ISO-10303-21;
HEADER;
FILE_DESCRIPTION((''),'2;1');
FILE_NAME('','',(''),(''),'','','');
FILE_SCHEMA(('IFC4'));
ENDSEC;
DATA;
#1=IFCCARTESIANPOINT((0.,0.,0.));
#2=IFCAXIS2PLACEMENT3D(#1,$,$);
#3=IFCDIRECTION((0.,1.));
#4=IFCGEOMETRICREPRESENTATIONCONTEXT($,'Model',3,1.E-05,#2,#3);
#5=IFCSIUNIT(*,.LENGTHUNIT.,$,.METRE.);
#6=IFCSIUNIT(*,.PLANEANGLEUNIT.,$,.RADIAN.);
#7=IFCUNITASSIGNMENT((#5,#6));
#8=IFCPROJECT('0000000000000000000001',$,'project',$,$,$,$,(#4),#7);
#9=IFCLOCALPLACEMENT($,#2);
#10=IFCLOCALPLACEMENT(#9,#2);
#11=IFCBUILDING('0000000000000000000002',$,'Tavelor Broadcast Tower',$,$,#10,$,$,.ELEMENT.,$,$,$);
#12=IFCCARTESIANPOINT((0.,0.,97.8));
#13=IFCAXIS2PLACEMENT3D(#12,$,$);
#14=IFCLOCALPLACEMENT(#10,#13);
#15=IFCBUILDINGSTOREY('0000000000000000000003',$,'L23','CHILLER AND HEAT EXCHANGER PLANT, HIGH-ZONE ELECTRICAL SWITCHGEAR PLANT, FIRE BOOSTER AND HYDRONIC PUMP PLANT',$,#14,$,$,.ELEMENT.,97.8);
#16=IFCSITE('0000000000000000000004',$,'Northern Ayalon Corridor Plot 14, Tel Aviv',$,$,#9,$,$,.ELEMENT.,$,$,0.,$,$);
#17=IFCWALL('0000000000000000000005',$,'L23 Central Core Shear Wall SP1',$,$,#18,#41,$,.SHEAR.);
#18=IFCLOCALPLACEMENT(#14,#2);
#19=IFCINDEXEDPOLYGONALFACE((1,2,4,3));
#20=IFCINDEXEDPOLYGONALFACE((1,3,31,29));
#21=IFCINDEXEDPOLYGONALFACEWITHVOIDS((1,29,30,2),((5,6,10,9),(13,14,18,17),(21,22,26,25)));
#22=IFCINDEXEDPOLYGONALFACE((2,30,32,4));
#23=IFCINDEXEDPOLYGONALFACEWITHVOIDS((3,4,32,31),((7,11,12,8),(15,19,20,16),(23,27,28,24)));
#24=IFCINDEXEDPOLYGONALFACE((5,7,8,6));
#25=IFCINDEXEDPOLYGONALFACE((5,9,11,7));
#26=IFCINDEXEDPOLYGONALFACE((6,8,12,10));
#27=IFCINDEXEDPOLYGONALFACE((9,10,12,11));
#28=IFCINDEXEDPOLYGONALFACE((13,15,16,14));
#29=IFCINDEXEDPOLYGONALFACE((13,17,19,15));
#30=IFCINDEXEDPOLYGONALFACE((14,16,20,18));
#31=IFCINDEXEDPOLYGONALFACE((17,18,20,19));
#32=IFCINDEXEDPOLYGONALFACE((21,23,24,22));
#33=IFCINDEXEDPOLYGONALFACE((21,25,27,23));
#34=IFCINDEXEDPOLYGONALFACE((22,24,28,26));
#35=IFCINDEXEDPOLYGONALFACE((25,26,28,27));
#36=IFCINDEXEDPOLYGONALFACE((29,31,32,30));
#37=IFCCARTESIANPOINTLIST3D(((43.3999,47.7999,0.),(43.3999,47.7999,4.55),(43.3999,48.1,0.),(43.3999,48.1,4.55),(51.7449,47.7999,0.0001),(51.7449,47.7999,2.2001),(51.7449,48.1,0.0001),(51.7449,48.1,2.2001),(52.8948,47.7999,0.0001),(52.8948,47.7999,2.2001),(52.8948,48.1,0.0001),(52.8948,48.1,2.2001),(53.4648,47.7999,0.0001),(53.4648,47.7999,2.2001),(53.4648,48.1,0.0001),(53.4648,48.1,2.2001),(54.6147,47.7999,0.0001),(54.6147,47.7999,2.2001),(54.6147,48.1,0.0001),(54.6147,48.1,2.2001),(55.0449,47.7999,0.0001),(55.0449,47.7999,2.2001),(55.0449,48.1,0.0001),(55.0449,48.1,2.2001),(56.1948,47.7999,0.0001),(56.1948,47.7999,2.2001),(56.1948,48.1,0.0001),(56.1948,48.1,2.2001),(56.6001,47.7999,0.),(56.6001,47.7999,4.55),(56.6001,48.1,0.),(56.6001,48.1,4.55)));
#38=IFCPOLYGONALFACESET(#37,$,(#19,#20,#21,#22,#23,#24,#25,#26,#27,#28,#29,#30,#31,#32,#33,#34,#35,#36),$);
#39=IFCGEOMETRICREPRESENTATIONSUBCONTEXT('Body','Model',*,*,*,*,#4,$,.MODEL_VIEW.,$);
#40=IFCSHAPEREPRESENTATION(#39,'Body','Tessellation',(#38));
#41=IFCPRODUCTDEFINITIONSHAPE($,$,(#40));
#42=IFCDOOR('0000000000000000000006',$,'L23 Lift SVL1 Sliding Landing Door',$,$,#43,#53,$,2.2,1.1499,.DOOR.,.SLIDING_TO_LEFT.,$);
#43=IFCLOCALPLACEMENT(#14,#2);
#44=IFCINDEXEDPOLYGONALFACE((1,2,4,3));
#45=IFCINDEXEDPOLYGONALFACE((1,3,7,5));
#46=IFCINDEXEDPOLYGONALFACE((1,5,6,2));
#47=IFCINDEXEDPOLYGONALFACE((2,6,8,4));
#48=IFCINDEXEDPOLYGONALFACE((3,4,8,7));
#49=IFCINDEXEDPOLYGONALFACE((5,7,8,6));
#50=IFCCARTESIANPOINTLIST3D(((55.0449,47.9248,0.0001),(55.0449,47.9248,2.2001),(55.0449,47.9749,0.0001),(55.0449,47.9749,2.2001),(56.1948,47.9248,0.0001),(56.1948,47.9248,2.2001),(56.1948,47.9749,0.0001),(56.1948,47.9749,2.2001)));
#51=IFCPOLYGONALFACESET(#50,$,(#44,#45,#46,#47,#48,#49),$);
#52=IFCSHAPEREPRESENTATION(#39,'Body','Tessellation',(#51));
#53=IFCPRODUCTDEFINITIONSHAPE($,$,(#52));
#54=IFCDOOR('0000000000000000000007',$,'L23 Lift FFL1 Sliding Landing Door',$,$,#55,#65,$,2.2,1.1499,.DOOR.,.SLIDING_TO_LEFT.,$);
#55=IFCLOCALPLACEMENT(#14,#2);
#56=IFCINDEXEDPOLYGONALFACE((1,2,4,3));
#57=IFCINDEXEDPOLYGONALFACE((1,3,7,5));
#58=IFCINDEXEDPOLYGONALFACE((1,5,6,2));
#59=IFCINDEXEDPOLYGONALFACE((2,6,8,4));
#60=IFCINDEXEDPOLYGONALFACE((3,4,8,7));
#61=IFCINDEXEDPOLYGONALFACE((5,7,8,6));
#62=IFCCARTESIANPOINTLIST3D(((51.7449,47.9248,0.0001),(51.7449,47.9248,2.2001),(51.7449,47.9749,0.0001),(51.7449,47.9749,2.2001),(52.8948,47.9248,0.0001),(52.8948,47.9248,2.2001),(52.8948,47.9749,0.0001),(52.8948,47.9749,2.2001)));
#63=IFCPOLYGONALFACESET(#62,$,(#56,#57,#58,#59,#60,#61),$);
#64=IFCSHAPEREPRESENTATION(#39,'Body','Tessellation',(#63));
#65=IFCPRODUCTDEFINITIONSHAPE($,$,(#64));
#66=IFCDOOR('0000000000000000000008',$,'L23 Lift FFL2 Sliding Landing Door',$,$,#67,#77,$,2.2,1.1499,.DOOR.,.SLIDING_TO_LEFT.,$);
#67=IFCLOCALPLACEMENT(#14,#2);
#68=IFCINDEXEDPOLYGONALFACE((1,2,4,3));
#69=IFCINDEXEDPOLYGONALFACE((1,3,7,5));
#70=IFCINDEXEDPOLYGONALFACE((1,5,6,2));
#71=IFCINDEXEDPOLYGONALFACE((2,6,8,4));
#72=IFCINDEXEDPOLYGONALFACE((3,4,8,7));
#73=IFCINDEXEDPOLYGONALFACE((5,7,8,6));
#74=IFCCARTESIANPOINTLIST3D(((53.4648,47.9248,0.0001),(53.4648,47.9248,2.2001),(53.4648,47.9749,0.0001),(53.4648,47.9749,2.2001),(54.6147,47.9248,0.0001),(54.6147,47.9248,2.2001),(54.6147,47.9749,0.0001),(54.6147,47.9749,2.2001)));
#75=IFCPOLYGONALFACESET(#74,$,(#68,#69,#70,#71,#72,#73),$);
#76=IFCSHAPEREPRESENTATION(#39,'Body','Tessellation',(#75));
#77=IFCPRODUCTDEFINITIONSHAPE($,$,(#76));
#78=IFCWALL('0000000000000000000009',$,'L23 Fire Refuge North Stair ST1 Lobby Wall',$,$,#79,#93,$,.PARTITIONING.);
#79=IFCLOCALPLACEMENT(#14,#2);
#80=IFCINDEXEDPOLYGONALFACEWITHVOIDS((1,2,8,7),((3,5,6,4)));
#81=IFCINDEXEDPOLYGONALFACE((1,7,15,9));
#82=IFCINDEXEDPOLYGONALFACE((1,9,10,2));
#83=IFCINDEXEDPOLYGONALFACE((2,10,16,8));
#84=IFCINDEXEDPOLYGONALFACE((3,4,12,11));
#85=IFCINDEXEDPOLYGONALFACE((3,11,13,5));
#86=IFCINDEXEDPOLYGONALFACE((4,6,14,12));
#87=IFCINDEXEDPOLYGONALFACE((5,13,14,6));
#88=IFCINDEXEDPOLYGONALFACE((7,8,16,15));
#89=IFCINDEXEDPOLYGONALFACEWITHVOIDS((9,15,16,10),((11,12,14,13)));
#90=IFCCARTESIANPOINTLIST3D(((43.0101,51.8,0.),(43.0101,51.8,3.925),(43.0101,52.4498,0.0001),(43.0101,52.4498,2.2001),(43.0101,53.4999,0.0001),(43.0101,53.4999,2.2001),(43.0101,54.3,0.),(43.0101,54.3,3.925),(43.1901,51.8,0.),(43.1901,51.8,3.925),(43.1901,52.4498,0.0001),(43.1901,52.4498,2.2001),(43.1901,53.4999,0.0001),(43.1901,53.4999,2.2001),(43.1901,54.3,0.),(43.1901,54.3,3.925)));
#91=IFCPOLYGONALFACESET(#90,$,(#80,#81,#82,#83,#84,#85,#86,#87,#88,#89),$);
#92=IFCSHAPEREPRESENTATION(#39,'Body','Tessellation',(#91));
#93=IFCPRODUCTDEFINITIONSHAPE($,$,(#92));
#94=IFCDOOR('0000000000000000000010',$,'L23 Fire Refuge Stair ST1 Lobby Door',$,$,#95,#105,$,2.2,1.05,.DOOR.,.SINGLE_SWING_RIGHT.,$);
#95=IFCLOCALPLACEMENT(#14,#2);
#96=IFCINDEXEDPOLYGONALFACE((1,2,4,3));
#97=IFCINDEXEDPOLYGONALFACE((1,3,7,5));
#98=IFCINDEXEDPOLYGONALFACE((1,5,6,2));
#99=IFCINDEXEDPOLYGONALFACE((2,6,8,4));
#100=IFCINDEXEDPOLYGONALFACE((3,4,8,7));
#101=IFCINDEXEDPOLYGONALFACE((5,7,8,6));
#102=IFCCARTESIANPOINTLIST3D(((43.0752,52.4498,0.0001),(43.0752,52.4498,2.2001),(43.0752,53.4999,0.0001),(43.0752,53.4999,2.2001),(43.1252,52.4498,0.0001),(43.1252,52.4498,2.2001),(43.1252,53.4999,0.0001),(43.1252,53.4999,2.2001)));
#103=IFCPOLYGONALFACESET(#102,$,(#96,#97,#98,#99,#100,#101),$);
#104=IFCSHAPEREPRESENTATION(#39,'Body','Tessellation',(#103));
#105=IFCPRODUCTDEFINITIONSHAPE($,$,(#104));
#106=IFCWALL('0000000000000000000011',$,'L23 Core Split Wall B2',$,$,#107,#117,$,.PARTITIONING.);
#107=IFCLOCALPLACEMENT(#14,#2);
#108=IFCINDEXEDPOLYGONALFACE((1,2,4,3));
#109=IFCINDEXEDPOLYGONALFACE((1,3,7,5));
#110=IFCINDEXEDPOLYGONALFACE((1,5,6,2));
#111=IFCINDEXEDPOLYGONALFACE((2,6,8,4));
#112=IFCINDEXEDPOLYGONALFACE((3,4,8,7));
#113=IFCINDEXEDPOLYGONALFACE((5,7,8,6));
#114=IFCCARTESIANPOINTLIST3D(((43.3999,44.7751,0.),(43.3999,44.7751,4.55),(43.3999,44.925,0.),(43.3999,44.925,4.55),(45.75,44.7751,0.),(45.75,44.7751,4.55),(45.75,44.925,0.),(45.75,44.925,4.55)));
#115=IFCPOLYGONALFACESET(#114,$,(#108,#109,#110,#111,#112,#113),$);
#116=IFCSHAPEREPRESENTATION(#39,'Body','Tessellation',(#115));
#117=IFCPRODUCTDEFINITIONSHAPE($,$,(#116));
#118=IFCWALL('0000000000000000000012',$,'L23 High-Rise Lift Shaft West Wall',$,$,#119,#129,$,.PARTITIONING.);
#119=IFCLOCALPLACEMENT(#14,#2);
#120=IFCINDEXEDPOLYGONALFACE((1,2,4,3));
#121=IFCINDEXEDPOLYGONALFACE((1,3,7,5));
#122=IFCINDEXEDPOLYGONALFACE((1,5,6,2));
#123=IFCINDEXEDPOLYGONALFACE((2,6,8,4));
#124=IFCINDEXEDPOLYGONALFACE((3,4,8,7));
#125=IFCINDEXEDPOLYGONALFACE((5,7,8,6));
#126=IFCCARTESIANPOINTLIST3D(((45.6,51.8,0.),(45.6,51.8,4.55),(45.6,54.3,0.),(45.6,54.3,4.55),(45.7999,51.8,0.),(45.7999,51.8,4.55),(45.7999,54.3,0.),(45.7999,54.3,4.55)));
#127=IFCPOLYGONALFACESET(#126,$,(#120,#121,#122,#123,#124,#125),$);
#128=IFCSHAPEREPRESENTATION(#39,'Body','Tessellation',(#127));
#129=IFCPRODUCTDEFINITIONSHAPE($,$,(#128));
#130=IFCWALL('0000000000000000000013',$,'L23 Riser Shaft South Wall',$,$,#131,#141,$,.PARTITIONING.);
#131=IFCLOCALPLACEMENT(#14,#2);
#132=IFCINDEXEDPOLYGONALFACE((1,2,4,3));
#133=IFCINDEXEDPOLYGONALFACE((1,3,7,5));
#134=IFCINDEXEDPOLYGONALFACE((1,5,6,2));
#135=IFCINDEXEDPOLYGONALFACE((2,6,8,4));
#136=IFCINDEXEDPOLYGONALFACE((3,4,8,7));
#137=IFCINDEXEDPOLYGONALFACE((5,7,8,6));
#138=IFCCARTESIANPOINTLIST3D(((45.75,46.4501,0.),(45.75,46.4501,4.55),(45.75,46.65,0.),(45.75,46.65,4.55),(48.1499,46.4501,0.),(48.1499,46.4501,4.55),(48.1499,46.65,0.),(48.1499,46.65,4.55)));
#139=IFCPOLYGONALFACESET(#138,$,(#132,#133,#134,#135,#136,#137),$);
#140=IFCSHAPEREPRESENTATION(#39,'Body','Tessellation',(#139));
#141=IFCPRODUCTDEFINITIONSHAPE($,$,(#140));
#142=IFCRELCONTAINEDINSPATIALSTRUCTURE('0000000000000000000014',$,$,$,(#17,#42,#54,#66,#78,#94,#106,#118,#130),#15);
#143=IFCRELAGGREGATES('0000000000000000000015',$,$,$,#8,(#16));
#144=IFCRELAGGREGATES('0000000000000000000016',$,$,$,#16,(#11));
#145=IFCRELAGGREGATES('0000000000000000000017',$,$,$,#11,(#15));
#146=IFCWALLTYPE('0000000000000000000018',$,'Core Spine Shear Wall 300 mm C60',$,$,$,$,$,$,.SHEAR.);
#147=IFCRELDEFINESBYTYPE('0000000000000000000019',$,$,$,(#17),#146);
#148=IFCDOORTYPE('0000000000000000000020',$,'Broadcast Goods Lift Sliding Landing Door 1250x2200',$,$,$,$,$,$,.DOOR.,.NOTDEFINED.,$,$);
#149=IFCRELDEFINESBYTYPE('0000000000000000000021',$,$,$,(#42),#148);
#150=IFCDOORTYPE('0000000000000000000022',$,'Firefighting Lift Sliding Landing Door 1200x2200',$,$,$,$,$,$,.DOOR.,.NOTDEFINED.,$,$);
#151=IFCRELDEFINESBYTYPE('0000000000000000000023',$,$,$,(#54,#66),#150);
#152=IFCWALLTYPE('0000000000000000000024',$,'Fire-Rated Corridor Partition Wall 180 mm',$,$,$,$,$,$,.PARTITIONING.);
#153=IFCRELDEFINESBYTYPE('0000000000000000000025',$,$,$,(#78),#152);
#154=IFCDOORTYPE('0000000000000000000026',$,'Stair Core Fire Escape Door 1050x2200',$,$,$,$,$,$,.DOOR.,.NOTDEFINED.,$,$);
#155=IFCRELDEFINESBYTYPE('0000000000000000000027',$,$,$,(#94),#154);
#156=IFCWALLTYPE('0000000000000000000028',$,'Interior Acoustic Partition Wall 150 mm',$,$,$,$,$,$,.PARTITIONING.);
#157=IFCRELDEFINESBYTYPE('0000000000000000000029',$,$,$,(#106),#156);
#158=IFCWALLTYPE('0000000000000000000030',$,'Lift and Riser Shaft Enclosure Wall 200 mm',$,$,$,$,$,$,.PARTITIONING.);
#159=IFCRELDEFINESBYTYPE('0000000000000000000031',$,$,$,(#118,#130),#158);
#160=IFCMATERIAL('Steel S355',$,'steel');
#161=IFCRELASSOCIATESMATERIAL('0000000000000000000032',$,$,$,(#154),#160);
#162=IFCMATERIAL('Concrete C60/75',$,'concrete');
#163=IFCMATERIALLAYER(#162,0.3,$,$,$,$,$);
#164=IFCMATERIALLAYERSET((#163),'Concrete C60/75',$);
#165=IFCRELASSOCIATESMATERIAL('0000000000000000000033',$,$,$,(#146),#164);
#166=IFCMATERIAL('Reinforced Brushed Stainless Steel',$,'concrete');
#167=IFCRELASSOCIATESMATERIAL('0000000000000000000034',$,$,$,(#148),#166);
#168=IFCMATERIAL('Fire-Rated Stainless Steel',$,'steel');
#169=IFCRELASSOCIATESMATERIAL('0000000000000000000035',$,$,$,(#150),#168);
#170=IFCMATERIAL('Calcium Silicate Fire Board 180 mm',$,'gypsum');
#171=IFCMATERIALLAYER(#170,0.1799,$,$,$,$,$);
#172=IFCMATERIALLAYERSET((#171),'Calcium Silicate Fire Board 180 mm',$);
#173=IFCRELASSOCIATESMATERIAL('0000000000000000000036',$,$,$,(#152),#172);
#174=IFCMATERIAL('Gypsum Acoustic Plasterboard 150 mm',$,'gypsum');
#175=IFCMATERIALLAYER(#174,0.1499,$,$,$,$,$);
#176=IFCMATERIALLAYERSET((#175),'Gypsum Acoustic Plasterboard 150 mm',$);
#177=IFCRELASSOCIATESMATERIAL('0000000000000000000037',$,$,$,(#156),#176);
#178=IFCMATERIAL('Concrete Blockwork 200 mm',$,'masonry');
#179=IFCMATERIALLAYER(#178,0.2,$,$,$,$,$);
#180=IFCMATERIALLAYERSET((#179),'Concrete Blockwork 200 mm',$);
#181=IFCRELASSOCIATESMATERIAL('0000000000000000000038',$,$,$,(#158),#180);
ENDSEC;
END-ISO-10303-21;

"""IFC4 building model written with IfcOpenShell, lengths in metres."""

from ifc_helpers import new_model, si_unit, direction, frame, frame_2d, origin, place, context, subcontext, project, spatial, rectangle, extrude, material, layer, layer_set, type_object, element, fill, save


model = new_model("IFC4")

# Units and contexts
model_context = context("Model", 3, precision=1e-05, world=origin(), true_north=direction((0.0, 1.0)))
body_context = subcontext(model_context, "Body", "Model", "MODEL_VIEW")
ifc_project = project(units=[si_unit("LENGTHUNIT", "METRE"), si_unit("PLANEANGLEUNIT", "RADIAN")], contexts=[model_context])

# Site, building, storey
site_placement = place(None, origin())
site = spatial("IfcSite", under=ifc_project, at=site_placement, Name="Northern Ayalon Corridor Plot 14, Tel Aviv", CompositionType="ELEMENT", RefElevation=0.0)
building_placement = place(site_placement, origin())
building = spatial("IfcBuilding", under=site, at=building_placement, Name="Tavelor Broadcast Tower", CompositionType="ELEMENT")
storey_placement = place(building_placement, frame((0.0, 0.0, 97.8)))
storey = spatial("IfcBuildingStorey", under=building, at=storey_placement, Name="L23", Description="CHILLER AND HEAT EXCHANGER PLANT, HIGH-ZONE ELECTRICAL SWITCHGEAR PLANT, FIRE BOOSTER AND HYDRONIC PUMP PLANT", CompositionType="ELEMENT", Elevation=97.8)

# Shared definitions
ifc_material_1 = material(Name="Concrete C60/75", Category="concrete")

# Shared definitions
ifc_material_2 = material(Name="Steel S355", Category="steel")

# Shared definitions
door_type_1 = type_object("IfcDoorType", Name="Stair Core Fire Escape Door 1050x2200", OperationType="NOTDEFINED", PredefinedType="DOOR", material=ifc_material_2)

# Wall, openings, doors
ifc_layer_1 = layer(ifc_material_1, 0.3)
ifc_layer_set_1 = layer_set([ifc_layer_1], Name="Concrete C60/75")
wall_type_1 = type_object("IfcWallType", Name="Core Spine Shear Wall 300 mm C60", PredefinedType="SHEAR", material=ifc_layer_set_1)
wall_1_placement = place(storey_placement, frame((43.3999, 47.95, 0.0), z_axis=(0.0, 0.0, 1.0), x_axis=(1.0, 0.0, 0.0)))
wall_1 = element("IfcWall", 1, at=wall_1_placement, inside=storey, type_object=wall_type_1, Name="L23 Central Core Shear Wall SP1", PredefinedType="SHEAR", context=body_context, shape_type="SweptSolid", body=[
    extrude(rectangle(XDim=13.2002, YDim=0.3, at=frame_2d((6.6001, 0.0))), origin(), (0.0, 0.0, 1.0), 4.55),
])
opening_1_placement = place(wall_1_placement, frame((8.345, 0.0, 0.0)))
opening_1 = element("IfcOpeningElement", 2, at=opening_1_placement, cuts=wall_1, PredefinedType="OPENING", context=body_context, shape_type="SweptSolid", body=[
    extrude(rectangle(XDim=1.1499, YDim=2.2, at=frame_2d((0.575, 1.1001))), frame((0.0, 0.1602, 0.0), z_axis=(0.0, -1.0, 0.0), x_axis=(1.0, 0.0, 0.0)), (0.0, 0.0, 1.0), 0.3201),
])
opening_2_placement = place(wall_1_placement, frame((10.0649, 0.0, 0.0)))
opening_2 = element("IfcOpeningElement", 3, at=opening_2_placement, cuts=wall_1, PredefinedType="OPENING", context=body_context, shape_type="SweptSolid", body=[
    extrude(rectangle(XDim=1.1499, YDim=2.2, at=frame_2d((0.575, 1.1001))), frame((0.0, 0.1602, 0.0), z_axis=(0.0, -1.0, 0.0), x_axis=(1.0, 0.0, 0.0)), (0.0, 0.0, 1.0), 0.3201),
])
opening_3_placement = place(wall_1_placement, frame((11.645, 0.0, 0.0)))
opening_3 = element("IfcOpeningElement", 4, at=opening_3_placement, cuts=wall_1, PredefinedType="OPENING", context=body_context, shape_type="SweptSolid", body=[
    extrude(rectangle(XDim=1.1499, YDim=2.2, at=frame_2d((0.575, 1.1001))), frame((0.0, 0.1602, 0.0), z_axis=(0.0, -1.0, 0.0), x_axis=(1.0, 0.0, 0.0)), (0.0, 0.0, 1.0), 0.3201),
])
ifc_material_3 = material(Name="Reinforced Brushed Stainless Steel", Category="concrete")
door_type_2 = type_object("IfcDoorType", Name="Broadcast Goods Lift Sliding Landing Door 1250x2200", OperationType="NOTDEFINED", PredefinedType="DOOR", material=ifc_material_3)
door_1_placement = place(opening_3_placement, origin())
door_1 = element("IfcDoor", 5, at=door_1_placement, inside=storey, type_object=door_type_2, Name="L23 Lift SVL1 Sliding Landing Door", OperationType="SLIDING_TO_LEFT", OverallHeight=2.2, OverallWidth=1.1499, PredefinedType="DOOR", context=body_context, shape_type="SweptSolid", body=[
    extrude(rectangle(XDim=1.1499, YDim=2.2, at=frame_2d((0.575, 1.1001))), frame((0.0, 0.0249, 0.0), z_axis=(0.0, -1.0, 0.0), x_axis=(1.0, 0.0, 0.0)), (0.0, 0.0, 1.0), 0.05),
])
fill(opening_3, door_1)
ifc_material_4 = material(Name="Fire-Rated Stainless Steel", Category="steel")
door_type_3 = type_object("IfcDoorType", Name="Firefighting Lift Sliding Landing Door 1200x2200", OperationType="NOTDEFINED", PredefinedType="DOOR", material=ifc_material_4)
door_2_placement = place(opening_1_placement, origin())
door_2 = element("IfcDoor", 6, at=door_2_placement, inside=storey, type_object=door_type_3, Name="L23 Lift FFL1 Sliding Landing Door", OperationType="SLIDING_TO_LEFT", OverallHeight=2.2, OverallWidth=1.1499, PredefinedType="DOOR", context=body_context, shape_type="SweptSolid", body=[
    extrude(rectangle(XDim=1.1499, YDim=2.2, at=frame_2d((0.575, 1.1001))), frame((0.0, 0.0249, 0.0), z_axis=(0.0, -1.0, 0.0), x_axis=(1.0, 0.0, 0.0)), (0.0, 0.0, 1.0), 0.05),
])
fill(opening_1, door_2)
door_3_placement = place(opening_2_placement, origin())
door_3 = element("IfcDoor", 7, at=door_3_placement, inside=storey, type_object=door_type_3, Name="L23 Lift FFL2 Sliding Landing Door", OperationType="SLIDING_TO_LEFT", OverallHeight=2.2, OverallWidth=1.1499, PredefinedType="DOOR", context=body_context, shape_type="SweptSolid", body=[
    extrude(rectangle(XDim=1.1499, YDim=2.2, at=frame_2d((0.575, 1.1001))), frame((0.0, 0.0249, 0.0), z_axis=(0.0, -1.0, 0.0), x_axis=(1.0, 0.0, 0.0)), (0.0, 0.0, 1.0), 0.05),
])
fill(opening_2, door_3)

# Wall, opening, door
ifc_material_5 = material(Name="Calcium Silicate Fire Board 180 mm", Category="gypsum")
ifc_layer_2 = layer(ifc_material_5, 0.1799)
ifc_layer_set_2 = layer_set([ifc_layer_2], Name="Calcium Silicate Fire Board 180 mm")
wall_type_2 = type_object("IfcWallType", Name="Fire-Rated Corridor Partition Wall 180 mm", PredefinedType="PARTITIONING", material=ifc_layer_set_2)
wall_2_placement = place(storey_placement, frame((43.1001, 51.8, 0.0), z_axis=(0.0, 0.0, 1.0), x_axis=(0.0, 1.0, 0.0)))
wall_2 = element("IfcWall", 8, at=wall_2_placement, inside=storey, type_object=wall_type_2, Name="L23 Fire Refuge North Stair ST1 Lobby Wall", PredefinedType="PARTITIONING", context=body_context, shape_type="SweptSolid", body=[
    extrude(rectangle(XDim=2.5, YDim=0.1799, at=frame_2d((1.25, 0.0))), origin(), (0.0, 0.0, 1.0), 3.925),
])
opening_4_placement = place(wall_2_placement, frame((0.6499, 0.0, 0.0)))
opening_4 = element("IfcOpeningElement", 9, at=opening_4_placement, cuts=wall_2, PredefinedType="OPENING", context=body_context, shape_type="SweptSolid", body=[
    extrude(rectangle(XDim=1.05, YDim=2.2, at=frame_2d((0.5249, 1.1001))), frame((0.0, 0.1001, 0.0), z_axis=(0.0, -1.0, 0.0), x_axis=(1.0, 0.0, 0.0)), (0.0, 0.0, 1.0), 0.2),
])
door_4_placement = place(opening_4_placement, origin())
door_4 = element("IfcDoor", 10, at=door_4_placement, inside=storey, type_object=door_type_1, Name="L23 Fire Refuge Stair ST1 Lobby Door", OperationType="SINGLE_SWING_RIGHT", OverallHeight=2.2, OverallWidth=1.05, PredefinedType="DOOR", context=body_context, shape_type="SweptSolid", body=[
    extrude(rectangle(XDim=1.05, YDim=2.2, at=frame_2d((0.5249, 1.1001))), frame((0.0, 0.0249, 0.0), z_axis=(0.0, -1.0, 0.0), x_axis=(1.0, 0.0, 0.0)), (0.0, 0.0, 1.0), 0.05),
])
fill(opening_4, door_4)

# Walls
ifc_material_6 = material(Name="Gypsum Acoustic Plasterboard 150 mm", Category="gypsum")
ifc_layer_3 = layer(ifc_material_6, 0.1499)
ifc_layer_set_3 = layer_set([ifc_layer_3], Name="Gypsum Acoustic Plasterboard 150 mm")
wall_type_3 = type_object("IfcWallType", Name="Interior Acoustic Partition Wall 150 mm", PredefinedType="PARTITIONING", material=ifc_layer_set_3)
wall_3_placement = place(storey_placement, frame((43.3999, 44.8501, 0.0), z_axis=(0.0, 0.0, 1.0), x_axis=(1.0, 0.0, 0.0)))
element("IfcWall", 11, at=wall_3_placement, inside=storey, type_object=wall_type_3, Name="L23 Core Split Wall B2", PredefinedType="PARTITIONING", context=body_context, shape_type="SweptSolid", body=[
    extrude(rectangle(XDim=2.3501, YDim=0.1499, at=frame_2d((1.175, 0.0))), origin(), (0.0, 0.0, 1.0), 4.55),
])
ifc_material_7 = material(Name="Concrete Blockwork 200 mm", Category="masonry")
ifc_layer_4 = layer(ifc_material_7, 0.2)
ifc_layer_set_4 = layer_set([ifc_layer_4], Name="Concrete Blockwork 200 mm")
wall_type_4 = type_object("IfcWallType", Name="Lift and Riser Shaft Enclosure Wall 200 mm", PredefinedType="PARTITIONING", material=ifc_layer_set_4)
wall_4_placement = place(storey_placement, frame((45.7, 51.8, 0.0), z_axis=(0.0, 0.0, 1.0), x_axis=(0.0, 1.0, 0.0)))
element("IfcWall", 12, at=wall_4_placement, inside=storey, type_object=wall_type_4, Name="L23 High-Rise Lift Shaft West Wall", PredefinedType="PARTITIONING", context=body_context, shape_type="SweptSolid", body=[
    extrude(rectangle(XDim=2.5, YDim=0.2, at=frame_2d((1.25, 0.0))), origin(), (0.0, 0.0, 1.0), 4.55),
])
wall_5_placement = place(storey_placement, frame((45.75, 46.55, 0.0), z_axis=(0.0, 0.0, 1.0), x_axis=(1.0, 0.0, 0.0)))
element("IfcWall", 13, at=wall_5_placement, inside=storey, type_object=wall_type_4, Name="L23 Riser Shaft South Wall", PredefinedType="PARTITIONING", context=body_context, shape_type="SweptSolid", body=[
    extrude(rectangle(XDim=2.3999, YDim=0.2, at=frame_2d((1.2, 0.0))), origin(), (0.0, 0.0, 1.0), 4.55),
])

save(model, "model.ifc")
